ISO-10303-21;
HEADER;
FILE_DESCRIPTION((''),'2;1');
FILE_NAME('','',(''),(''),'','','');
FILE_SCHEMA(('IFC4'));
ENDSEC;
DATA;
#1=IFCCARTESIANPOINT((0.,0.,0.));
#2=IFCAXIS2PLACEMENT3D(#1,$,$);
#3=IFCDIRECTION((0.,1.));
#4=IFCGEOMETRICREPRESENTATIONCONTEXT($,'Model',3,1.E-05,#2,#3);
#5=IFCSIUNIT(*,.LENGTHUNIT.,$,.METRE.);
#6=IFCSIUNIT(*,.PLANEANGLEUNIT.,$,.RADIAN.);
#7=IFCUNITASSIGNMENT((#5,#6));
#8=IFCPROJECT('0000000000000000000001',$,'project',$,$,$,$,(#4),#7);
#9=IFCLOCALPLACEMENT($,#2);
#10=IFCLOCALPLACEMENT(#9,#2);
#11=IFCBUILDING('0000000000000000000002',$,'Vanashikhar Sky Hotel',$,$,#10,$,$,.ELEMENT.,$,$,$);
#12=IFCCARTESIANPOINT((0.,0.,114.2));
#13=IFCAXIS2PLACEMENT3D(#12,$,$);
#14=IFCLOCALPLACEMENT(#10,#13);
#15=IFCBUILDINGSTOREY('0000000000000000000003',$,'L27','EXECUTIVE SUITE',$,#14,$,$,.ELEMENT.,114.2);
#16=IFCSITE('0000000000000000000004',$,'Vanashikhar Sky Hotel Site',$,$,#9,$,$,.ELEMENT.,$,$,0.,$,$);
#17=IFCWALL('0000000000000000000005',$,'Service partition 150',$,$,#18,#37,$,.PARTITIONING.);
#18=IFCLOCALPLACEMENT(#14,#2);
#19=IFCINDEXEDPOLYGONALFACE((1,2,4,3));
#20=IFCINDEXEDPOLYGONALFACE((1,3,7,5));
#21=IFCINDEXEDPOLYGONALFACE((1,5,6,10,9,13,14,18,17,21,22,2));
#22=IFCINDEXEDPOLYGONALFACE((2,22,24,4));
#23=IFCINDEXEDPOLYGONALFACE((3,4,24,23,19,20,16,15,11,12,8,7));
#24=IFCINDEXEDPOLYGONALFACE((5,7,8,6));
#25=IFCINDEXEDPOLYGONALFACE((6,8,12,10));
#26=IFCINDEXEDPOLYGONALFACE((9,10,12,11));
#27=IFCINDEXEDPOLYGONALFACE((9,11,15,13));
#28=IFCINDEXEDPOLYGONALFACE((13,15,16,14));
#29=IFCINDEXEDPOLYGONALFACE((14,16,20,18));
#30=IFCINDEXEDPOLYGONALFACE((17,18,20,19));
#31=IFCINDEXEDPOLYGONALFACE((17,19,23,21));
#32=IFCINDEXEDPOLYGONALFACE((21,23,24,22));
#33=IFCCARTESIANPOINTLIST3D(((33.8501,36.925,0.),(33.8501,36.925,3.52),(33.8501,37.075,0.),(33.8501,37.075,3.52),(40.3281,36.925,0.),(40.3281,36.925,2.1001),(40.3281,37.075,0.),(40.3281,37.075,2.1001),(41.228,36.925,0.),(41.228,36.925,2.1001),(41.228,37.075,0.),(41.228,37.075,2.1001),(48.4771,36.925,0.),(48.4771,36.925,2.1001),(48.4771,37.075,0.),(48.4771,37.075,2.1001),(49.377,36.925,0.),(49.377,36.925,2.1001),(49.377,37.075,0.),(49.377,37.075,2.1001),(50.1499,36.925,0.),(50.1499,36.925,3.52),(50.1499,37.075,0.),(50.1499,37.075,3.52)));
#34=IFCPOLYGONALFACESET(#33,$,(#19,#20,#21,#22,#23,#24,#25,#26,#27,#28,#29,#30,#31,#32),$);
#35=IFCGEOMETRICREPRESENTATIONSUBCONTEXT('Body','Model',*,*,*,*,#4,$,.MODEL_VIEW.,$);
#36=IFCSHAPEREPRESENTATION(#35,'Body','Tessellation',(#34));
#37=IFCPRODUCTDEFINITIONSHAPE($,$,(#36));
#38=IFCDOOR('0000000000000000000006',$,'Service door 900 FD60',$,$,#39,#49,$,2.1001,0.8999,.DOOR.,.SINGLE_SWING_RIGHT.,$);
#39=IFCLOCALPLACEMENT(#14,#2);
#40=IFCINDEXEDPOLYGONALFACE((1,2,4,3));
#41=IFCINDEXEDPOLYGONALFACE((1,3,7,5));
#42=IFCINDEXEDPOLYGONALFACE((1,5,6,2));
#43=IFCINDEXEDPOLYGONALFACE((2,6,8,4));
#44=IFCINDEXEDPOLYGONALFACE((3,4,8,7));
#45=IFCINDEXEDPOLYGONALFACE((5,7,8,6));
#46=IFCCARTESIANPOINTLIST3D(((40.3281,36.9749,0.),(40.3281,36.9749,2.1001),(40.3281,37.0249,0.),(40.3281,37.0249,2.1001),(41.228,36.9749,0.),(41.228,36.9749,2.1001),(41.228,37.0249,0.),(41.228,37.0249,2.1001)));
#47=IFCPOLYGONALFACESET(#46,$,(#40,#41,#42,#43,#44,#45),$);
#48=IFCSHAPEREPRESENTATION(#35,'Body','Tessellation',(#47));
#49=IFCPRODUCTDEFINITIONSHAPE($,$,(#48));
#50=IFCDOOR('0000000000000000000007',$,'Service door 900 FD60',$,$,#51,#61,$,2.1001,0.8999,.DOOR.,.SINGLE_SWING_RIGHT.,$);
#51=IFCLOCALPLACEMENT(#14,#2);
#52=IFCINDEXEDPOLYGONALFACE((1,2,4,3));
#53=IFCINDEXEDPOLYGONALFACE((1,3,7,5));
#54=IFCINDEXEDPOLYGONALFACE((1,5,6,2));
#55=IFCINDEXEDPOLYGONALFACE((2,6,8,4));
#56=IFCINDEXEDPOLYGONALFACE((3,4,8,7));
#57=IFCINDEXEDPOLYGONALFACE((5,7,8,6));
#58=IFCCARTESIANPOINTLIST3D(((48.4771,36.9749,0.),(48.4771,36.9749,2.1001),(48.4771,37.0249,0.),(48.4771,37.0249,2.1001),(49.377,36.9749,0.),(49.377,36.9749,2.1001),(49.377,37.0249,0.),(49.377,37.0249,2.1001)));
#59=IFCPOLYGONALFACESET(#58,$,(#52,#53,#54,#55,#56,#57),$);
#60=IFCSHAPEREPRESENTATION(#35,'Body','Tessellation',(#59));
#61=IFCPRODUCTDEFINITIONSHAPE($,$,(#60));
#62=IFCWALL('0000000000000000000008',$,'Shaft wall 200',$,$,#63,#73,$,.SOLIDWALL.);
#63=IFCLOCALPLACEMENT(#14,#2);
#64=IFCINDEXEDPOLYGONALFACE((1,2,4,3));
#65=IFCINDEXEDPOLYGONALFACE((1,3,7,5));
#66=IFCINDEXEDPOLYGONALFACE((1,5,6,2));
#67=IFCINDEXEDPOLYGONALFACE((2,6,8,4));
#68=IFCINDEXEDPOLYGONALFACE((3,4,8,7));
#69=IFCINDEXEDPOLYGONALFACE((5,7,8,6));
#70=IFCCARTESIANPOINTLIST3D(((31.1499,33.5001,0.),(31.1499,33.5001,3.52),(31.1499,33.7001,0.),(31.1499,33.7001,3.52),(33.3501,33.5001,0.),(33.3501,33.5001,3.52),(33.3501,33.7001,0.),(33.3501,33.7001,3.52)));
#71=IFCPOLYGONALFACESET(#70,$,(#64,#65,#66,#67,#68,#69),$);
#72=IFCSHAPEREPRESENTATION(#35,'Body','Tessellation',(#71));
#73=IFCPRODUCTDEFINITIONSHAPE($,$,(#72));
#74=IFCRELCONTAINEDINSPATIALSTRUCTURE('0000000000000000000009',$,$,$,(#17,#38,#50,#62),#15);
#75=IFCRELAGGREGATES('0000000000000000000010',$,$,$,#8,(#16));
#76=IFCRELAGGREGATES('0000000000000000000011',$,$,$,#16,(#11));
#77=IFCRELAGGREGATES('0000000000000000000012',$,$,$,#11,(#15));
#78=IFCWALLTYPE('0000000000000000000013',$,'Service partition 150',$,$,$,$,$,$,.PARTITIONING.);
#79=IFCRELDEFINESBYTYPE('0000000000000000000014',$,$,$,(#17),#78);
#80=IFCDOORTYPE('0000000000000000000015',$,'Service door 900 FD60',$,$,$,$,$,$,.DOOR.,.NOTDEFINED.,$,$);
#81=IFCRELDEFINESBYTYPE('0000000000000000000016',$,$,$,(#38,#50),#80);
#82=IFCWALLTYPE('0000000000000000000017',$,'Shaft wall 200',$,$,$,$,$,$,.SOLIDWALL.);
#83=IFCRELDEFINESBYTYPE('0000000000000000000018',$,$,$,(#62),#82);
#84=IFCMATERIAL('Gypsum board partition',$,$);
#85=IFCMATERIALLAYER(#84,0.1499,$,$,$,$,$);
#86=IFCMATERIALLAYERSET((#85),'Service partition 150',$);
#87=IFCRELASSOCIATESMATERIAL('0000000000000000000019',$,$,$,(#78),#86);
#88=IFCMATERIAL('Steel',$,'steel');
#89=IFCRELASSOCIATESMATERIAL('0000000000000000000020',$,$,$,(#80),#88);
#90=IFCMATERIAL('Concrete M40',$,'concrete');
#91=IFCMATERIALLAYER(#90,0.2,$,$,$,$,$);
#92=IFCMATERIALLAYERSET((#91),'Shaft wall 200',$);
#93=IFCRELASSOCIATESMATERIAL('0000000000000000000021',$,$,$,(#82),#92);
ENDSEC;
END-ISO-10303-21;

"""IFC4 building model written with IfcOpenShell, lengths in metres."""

from ifc_helpers import new_model, si_unit, direction, frame, frame_2d, origin, place, context, subcontext, project, spatial, rectangle, extrude, source, transform, mapped, material, layer, layer_set, type_object, element, fill, save


model = new_model("IFC4")

# Units and contexts
model_context = context("Model", 3, precision=1e-05, world=origin(), true_north=direction((0.0, 1.0)))
body_context = subcontext(model_context, "Body", "Model", "MODEL_VIEW")
ifc_project = project(units=[si_unit("LENGTHUNIT", "METRE"), si_unit("PLANEANGLEUNIT", "RADIAN")], contexts=[model_context])

# Site, building, storey
site_placement = place(None, origin())
site = spatial("IfcSite", under=ifc_project, at=site_placement, Name="Vanashikhar Sky Hotel Site", CompositionType="ELEMENT", RefElevation=0.0)
building_placement = place(site_placement, origin())
building = spatial("IfcBuilding", under=site, at=building_placement, Name="Vanashikhar Sky Hotel", CompositionType="ELEMENT")
storey_placement = place(building_placement, frame((0.0, 0.0, 114.2)))
storey = spatial("IfcBuildingStorey", under=building, at=storey_placement, Name="L27", Description="EXECUTIVE SUITE", CompositionType="ELEMENT", Elevation=114.2)

# Shared definitions
ifc_material_1 = material(Name="Steel", Category="steel")

# Shared definitions
ifc_material_2 = material(Name="Gypsum board partition")
ifc_layer_1 = layer(ifc_material_2, 0.1499)
ifc_layer_set_1 = layer_set([ifc_layer_1], Name="Service partition 150")
wall_type_1 = type_object("IfcWallType", Name="Service partition 150", PredefinedType="PARTITIONING", material=ifc_layer_set_1)

# Wall, openings, doors
shared_shape_1 = source(origin(), body_context, "Body", "SweptSolid", [
    extrude(rectangle(XDim=0.8999, YDim=2.1001, at=frame_2d((0.45, 1.05))), frame((0.0, 0.085, 0.0), z_axis=(0.0, -1.0, 0.0), x_axis=(1.0, 0.0, 0.0)), (0.0, 0.0, 1.0), 0.1699),
])
door_type_1 = type_object("IfcDoorType", Name="Service door 900 FD60", OperationType="NOTDEFINED", PredefinedType="DOOR", material=ifc_material_1)
shared_shape_2 = source(origin(), body_context, "Body", "SweptSolid", [
    extrude(rectangle(XDim=0.8999, YDim=2.1001, at=frame_2d((0.45, 1.05))), frame((0.0, 0.0249, 0.0), z_axis=(0.0, -1.0, 0.0), x_axis=(1.0, 0.0, 0.0)), (0.0, 0.0, 1.0), 0.05),
])
shared_shape_3 = source(origin(), body_context, "Body", "SweptSolid", [
    extrude(rectangle(XDim=16.2998, YDim=0.1499, at=frame_2d((8.1499, 0.0))), origin(), (0.0, 0.0, 1.0), 3.52),
])
wall_1_placement = place(storey_placement, frame((33.8501, 37.0, 0.0), z_axis=(0.0, 0.0, 1.0), x_axis=(1.0, 0.0, 0.0)))
wall_1 = element("IfcWall", 1, at=wall_1_placement, inside=storey, type_object=wall_type_1, Name="Service partition 150", PredefinedType="PARTITIONING", context=body_context, shape_type="MappedRepresentation", body=[
    mapped(shared_shape_3, transform((0.0, 0.0, 0.0), scale=1.0)),
])
opening_1_placement = place(wall_1_placement, frame((6.478, 0.0, 0.0)))
opening_1 = element("IfcOpeningElement", 2, at=opening_1_placement, cuts=wall_1, PredefinedType="OPENING", context=body_context, shape_type="MappedRepresentation", body=[
    mapped(shared_shape_1, transform((0.0, 0.0, 0.0), scale=1.0)),
])
opening_2_placement = place(wall_1_placement, frame((14.627, 0.0, 0.0)))
opening_2 = element("IfcOpeningElement", 3, at=opening_2_placement, cuts=wall_1, PredefinedType="OPENING", context=body_context, shape_type="MappedRepresentation", body=[
    mapped(shared_shape_1, transform((0.0, 0.0, 0.0), scale=1.0)),
])
door_1_placement = place(opening_1_placement, origin())
door_1 = element("IfcDoor", 4, at=door_1_placement, inside=storey, type_object=door_type_1, Name="Service door 900 FD60", OperationType="SINGLE_SWING_RIGHT", OverallHeight=2.1001, OverallWidth=0.8999, PredefinedType="DOOR", context=body_context, shape_type="MappedRepresentation", body=[
    mapped(shared_shape_2, transform((0.0, 0.0, 0.0), scale=1.0)),
])
fill(opening_1, door_1)
door_2_placement = place(opening_2_placement, origin())
door_2 = element("IfcDoor", 5, at=door_2_placement, inside=storey, type_object=door_type_1, Name="Service door 900 FD60", OperationType="SINGLE_SWING_RIGHT", OverallHeight=2.1001, OverallWidth=0.8999, PredefinedType="DOOR", context=body_context, shape_type="MappedRepresentation", body=[
    mapped(shared_shape_2, transform((0.0, 0.0, 0.0), scale=1.0)),
])
fill(opening_2, door_2)

# Wall
ifc_material_3 = material(Name="Concrete M40", Category="concrete")
ifc_layer_2 = layer(ifc_material_3, 0.2)
ifc_layer_set_2 = layer_set([ifc_layer_2], Name="Shaft wall 200")
wall_type_2 = type_object("IfcWallType", Name="Shaft wall 200", PredefinedType="SOLIDWALL", material=ifc_layer_set_2)
shared_shape_4 = source(origin(), body_context, "Body", "SweptSolid", [
    extrude(rectangle(XDim=2.2002, YDim=0.2, at=frame_2d((1.1001, 0.0))), origin(), (0.0, 0.0, 1.0), 3.52),
])
wall_2_placement = place(storey_placement, frame((31.1499, 33.6001, 0.0), z_axis=(0.0, 0.0, 1.0), x_axis=(1.0, 0.0, 0.0)))
element("IfcWall", 6, at=wall_2_placement, inside=storey, type_object=wall_type_2, Name="Shaft wall 200", PredefinedType="SOLIDWALL", context=body_context, shape_type="MappedRepresentation", body=[
    mapped(shared_shape_4, transform((0.0, 0.0, 0.0), scale=1.0)),
])

save(model, "model.ifc")
